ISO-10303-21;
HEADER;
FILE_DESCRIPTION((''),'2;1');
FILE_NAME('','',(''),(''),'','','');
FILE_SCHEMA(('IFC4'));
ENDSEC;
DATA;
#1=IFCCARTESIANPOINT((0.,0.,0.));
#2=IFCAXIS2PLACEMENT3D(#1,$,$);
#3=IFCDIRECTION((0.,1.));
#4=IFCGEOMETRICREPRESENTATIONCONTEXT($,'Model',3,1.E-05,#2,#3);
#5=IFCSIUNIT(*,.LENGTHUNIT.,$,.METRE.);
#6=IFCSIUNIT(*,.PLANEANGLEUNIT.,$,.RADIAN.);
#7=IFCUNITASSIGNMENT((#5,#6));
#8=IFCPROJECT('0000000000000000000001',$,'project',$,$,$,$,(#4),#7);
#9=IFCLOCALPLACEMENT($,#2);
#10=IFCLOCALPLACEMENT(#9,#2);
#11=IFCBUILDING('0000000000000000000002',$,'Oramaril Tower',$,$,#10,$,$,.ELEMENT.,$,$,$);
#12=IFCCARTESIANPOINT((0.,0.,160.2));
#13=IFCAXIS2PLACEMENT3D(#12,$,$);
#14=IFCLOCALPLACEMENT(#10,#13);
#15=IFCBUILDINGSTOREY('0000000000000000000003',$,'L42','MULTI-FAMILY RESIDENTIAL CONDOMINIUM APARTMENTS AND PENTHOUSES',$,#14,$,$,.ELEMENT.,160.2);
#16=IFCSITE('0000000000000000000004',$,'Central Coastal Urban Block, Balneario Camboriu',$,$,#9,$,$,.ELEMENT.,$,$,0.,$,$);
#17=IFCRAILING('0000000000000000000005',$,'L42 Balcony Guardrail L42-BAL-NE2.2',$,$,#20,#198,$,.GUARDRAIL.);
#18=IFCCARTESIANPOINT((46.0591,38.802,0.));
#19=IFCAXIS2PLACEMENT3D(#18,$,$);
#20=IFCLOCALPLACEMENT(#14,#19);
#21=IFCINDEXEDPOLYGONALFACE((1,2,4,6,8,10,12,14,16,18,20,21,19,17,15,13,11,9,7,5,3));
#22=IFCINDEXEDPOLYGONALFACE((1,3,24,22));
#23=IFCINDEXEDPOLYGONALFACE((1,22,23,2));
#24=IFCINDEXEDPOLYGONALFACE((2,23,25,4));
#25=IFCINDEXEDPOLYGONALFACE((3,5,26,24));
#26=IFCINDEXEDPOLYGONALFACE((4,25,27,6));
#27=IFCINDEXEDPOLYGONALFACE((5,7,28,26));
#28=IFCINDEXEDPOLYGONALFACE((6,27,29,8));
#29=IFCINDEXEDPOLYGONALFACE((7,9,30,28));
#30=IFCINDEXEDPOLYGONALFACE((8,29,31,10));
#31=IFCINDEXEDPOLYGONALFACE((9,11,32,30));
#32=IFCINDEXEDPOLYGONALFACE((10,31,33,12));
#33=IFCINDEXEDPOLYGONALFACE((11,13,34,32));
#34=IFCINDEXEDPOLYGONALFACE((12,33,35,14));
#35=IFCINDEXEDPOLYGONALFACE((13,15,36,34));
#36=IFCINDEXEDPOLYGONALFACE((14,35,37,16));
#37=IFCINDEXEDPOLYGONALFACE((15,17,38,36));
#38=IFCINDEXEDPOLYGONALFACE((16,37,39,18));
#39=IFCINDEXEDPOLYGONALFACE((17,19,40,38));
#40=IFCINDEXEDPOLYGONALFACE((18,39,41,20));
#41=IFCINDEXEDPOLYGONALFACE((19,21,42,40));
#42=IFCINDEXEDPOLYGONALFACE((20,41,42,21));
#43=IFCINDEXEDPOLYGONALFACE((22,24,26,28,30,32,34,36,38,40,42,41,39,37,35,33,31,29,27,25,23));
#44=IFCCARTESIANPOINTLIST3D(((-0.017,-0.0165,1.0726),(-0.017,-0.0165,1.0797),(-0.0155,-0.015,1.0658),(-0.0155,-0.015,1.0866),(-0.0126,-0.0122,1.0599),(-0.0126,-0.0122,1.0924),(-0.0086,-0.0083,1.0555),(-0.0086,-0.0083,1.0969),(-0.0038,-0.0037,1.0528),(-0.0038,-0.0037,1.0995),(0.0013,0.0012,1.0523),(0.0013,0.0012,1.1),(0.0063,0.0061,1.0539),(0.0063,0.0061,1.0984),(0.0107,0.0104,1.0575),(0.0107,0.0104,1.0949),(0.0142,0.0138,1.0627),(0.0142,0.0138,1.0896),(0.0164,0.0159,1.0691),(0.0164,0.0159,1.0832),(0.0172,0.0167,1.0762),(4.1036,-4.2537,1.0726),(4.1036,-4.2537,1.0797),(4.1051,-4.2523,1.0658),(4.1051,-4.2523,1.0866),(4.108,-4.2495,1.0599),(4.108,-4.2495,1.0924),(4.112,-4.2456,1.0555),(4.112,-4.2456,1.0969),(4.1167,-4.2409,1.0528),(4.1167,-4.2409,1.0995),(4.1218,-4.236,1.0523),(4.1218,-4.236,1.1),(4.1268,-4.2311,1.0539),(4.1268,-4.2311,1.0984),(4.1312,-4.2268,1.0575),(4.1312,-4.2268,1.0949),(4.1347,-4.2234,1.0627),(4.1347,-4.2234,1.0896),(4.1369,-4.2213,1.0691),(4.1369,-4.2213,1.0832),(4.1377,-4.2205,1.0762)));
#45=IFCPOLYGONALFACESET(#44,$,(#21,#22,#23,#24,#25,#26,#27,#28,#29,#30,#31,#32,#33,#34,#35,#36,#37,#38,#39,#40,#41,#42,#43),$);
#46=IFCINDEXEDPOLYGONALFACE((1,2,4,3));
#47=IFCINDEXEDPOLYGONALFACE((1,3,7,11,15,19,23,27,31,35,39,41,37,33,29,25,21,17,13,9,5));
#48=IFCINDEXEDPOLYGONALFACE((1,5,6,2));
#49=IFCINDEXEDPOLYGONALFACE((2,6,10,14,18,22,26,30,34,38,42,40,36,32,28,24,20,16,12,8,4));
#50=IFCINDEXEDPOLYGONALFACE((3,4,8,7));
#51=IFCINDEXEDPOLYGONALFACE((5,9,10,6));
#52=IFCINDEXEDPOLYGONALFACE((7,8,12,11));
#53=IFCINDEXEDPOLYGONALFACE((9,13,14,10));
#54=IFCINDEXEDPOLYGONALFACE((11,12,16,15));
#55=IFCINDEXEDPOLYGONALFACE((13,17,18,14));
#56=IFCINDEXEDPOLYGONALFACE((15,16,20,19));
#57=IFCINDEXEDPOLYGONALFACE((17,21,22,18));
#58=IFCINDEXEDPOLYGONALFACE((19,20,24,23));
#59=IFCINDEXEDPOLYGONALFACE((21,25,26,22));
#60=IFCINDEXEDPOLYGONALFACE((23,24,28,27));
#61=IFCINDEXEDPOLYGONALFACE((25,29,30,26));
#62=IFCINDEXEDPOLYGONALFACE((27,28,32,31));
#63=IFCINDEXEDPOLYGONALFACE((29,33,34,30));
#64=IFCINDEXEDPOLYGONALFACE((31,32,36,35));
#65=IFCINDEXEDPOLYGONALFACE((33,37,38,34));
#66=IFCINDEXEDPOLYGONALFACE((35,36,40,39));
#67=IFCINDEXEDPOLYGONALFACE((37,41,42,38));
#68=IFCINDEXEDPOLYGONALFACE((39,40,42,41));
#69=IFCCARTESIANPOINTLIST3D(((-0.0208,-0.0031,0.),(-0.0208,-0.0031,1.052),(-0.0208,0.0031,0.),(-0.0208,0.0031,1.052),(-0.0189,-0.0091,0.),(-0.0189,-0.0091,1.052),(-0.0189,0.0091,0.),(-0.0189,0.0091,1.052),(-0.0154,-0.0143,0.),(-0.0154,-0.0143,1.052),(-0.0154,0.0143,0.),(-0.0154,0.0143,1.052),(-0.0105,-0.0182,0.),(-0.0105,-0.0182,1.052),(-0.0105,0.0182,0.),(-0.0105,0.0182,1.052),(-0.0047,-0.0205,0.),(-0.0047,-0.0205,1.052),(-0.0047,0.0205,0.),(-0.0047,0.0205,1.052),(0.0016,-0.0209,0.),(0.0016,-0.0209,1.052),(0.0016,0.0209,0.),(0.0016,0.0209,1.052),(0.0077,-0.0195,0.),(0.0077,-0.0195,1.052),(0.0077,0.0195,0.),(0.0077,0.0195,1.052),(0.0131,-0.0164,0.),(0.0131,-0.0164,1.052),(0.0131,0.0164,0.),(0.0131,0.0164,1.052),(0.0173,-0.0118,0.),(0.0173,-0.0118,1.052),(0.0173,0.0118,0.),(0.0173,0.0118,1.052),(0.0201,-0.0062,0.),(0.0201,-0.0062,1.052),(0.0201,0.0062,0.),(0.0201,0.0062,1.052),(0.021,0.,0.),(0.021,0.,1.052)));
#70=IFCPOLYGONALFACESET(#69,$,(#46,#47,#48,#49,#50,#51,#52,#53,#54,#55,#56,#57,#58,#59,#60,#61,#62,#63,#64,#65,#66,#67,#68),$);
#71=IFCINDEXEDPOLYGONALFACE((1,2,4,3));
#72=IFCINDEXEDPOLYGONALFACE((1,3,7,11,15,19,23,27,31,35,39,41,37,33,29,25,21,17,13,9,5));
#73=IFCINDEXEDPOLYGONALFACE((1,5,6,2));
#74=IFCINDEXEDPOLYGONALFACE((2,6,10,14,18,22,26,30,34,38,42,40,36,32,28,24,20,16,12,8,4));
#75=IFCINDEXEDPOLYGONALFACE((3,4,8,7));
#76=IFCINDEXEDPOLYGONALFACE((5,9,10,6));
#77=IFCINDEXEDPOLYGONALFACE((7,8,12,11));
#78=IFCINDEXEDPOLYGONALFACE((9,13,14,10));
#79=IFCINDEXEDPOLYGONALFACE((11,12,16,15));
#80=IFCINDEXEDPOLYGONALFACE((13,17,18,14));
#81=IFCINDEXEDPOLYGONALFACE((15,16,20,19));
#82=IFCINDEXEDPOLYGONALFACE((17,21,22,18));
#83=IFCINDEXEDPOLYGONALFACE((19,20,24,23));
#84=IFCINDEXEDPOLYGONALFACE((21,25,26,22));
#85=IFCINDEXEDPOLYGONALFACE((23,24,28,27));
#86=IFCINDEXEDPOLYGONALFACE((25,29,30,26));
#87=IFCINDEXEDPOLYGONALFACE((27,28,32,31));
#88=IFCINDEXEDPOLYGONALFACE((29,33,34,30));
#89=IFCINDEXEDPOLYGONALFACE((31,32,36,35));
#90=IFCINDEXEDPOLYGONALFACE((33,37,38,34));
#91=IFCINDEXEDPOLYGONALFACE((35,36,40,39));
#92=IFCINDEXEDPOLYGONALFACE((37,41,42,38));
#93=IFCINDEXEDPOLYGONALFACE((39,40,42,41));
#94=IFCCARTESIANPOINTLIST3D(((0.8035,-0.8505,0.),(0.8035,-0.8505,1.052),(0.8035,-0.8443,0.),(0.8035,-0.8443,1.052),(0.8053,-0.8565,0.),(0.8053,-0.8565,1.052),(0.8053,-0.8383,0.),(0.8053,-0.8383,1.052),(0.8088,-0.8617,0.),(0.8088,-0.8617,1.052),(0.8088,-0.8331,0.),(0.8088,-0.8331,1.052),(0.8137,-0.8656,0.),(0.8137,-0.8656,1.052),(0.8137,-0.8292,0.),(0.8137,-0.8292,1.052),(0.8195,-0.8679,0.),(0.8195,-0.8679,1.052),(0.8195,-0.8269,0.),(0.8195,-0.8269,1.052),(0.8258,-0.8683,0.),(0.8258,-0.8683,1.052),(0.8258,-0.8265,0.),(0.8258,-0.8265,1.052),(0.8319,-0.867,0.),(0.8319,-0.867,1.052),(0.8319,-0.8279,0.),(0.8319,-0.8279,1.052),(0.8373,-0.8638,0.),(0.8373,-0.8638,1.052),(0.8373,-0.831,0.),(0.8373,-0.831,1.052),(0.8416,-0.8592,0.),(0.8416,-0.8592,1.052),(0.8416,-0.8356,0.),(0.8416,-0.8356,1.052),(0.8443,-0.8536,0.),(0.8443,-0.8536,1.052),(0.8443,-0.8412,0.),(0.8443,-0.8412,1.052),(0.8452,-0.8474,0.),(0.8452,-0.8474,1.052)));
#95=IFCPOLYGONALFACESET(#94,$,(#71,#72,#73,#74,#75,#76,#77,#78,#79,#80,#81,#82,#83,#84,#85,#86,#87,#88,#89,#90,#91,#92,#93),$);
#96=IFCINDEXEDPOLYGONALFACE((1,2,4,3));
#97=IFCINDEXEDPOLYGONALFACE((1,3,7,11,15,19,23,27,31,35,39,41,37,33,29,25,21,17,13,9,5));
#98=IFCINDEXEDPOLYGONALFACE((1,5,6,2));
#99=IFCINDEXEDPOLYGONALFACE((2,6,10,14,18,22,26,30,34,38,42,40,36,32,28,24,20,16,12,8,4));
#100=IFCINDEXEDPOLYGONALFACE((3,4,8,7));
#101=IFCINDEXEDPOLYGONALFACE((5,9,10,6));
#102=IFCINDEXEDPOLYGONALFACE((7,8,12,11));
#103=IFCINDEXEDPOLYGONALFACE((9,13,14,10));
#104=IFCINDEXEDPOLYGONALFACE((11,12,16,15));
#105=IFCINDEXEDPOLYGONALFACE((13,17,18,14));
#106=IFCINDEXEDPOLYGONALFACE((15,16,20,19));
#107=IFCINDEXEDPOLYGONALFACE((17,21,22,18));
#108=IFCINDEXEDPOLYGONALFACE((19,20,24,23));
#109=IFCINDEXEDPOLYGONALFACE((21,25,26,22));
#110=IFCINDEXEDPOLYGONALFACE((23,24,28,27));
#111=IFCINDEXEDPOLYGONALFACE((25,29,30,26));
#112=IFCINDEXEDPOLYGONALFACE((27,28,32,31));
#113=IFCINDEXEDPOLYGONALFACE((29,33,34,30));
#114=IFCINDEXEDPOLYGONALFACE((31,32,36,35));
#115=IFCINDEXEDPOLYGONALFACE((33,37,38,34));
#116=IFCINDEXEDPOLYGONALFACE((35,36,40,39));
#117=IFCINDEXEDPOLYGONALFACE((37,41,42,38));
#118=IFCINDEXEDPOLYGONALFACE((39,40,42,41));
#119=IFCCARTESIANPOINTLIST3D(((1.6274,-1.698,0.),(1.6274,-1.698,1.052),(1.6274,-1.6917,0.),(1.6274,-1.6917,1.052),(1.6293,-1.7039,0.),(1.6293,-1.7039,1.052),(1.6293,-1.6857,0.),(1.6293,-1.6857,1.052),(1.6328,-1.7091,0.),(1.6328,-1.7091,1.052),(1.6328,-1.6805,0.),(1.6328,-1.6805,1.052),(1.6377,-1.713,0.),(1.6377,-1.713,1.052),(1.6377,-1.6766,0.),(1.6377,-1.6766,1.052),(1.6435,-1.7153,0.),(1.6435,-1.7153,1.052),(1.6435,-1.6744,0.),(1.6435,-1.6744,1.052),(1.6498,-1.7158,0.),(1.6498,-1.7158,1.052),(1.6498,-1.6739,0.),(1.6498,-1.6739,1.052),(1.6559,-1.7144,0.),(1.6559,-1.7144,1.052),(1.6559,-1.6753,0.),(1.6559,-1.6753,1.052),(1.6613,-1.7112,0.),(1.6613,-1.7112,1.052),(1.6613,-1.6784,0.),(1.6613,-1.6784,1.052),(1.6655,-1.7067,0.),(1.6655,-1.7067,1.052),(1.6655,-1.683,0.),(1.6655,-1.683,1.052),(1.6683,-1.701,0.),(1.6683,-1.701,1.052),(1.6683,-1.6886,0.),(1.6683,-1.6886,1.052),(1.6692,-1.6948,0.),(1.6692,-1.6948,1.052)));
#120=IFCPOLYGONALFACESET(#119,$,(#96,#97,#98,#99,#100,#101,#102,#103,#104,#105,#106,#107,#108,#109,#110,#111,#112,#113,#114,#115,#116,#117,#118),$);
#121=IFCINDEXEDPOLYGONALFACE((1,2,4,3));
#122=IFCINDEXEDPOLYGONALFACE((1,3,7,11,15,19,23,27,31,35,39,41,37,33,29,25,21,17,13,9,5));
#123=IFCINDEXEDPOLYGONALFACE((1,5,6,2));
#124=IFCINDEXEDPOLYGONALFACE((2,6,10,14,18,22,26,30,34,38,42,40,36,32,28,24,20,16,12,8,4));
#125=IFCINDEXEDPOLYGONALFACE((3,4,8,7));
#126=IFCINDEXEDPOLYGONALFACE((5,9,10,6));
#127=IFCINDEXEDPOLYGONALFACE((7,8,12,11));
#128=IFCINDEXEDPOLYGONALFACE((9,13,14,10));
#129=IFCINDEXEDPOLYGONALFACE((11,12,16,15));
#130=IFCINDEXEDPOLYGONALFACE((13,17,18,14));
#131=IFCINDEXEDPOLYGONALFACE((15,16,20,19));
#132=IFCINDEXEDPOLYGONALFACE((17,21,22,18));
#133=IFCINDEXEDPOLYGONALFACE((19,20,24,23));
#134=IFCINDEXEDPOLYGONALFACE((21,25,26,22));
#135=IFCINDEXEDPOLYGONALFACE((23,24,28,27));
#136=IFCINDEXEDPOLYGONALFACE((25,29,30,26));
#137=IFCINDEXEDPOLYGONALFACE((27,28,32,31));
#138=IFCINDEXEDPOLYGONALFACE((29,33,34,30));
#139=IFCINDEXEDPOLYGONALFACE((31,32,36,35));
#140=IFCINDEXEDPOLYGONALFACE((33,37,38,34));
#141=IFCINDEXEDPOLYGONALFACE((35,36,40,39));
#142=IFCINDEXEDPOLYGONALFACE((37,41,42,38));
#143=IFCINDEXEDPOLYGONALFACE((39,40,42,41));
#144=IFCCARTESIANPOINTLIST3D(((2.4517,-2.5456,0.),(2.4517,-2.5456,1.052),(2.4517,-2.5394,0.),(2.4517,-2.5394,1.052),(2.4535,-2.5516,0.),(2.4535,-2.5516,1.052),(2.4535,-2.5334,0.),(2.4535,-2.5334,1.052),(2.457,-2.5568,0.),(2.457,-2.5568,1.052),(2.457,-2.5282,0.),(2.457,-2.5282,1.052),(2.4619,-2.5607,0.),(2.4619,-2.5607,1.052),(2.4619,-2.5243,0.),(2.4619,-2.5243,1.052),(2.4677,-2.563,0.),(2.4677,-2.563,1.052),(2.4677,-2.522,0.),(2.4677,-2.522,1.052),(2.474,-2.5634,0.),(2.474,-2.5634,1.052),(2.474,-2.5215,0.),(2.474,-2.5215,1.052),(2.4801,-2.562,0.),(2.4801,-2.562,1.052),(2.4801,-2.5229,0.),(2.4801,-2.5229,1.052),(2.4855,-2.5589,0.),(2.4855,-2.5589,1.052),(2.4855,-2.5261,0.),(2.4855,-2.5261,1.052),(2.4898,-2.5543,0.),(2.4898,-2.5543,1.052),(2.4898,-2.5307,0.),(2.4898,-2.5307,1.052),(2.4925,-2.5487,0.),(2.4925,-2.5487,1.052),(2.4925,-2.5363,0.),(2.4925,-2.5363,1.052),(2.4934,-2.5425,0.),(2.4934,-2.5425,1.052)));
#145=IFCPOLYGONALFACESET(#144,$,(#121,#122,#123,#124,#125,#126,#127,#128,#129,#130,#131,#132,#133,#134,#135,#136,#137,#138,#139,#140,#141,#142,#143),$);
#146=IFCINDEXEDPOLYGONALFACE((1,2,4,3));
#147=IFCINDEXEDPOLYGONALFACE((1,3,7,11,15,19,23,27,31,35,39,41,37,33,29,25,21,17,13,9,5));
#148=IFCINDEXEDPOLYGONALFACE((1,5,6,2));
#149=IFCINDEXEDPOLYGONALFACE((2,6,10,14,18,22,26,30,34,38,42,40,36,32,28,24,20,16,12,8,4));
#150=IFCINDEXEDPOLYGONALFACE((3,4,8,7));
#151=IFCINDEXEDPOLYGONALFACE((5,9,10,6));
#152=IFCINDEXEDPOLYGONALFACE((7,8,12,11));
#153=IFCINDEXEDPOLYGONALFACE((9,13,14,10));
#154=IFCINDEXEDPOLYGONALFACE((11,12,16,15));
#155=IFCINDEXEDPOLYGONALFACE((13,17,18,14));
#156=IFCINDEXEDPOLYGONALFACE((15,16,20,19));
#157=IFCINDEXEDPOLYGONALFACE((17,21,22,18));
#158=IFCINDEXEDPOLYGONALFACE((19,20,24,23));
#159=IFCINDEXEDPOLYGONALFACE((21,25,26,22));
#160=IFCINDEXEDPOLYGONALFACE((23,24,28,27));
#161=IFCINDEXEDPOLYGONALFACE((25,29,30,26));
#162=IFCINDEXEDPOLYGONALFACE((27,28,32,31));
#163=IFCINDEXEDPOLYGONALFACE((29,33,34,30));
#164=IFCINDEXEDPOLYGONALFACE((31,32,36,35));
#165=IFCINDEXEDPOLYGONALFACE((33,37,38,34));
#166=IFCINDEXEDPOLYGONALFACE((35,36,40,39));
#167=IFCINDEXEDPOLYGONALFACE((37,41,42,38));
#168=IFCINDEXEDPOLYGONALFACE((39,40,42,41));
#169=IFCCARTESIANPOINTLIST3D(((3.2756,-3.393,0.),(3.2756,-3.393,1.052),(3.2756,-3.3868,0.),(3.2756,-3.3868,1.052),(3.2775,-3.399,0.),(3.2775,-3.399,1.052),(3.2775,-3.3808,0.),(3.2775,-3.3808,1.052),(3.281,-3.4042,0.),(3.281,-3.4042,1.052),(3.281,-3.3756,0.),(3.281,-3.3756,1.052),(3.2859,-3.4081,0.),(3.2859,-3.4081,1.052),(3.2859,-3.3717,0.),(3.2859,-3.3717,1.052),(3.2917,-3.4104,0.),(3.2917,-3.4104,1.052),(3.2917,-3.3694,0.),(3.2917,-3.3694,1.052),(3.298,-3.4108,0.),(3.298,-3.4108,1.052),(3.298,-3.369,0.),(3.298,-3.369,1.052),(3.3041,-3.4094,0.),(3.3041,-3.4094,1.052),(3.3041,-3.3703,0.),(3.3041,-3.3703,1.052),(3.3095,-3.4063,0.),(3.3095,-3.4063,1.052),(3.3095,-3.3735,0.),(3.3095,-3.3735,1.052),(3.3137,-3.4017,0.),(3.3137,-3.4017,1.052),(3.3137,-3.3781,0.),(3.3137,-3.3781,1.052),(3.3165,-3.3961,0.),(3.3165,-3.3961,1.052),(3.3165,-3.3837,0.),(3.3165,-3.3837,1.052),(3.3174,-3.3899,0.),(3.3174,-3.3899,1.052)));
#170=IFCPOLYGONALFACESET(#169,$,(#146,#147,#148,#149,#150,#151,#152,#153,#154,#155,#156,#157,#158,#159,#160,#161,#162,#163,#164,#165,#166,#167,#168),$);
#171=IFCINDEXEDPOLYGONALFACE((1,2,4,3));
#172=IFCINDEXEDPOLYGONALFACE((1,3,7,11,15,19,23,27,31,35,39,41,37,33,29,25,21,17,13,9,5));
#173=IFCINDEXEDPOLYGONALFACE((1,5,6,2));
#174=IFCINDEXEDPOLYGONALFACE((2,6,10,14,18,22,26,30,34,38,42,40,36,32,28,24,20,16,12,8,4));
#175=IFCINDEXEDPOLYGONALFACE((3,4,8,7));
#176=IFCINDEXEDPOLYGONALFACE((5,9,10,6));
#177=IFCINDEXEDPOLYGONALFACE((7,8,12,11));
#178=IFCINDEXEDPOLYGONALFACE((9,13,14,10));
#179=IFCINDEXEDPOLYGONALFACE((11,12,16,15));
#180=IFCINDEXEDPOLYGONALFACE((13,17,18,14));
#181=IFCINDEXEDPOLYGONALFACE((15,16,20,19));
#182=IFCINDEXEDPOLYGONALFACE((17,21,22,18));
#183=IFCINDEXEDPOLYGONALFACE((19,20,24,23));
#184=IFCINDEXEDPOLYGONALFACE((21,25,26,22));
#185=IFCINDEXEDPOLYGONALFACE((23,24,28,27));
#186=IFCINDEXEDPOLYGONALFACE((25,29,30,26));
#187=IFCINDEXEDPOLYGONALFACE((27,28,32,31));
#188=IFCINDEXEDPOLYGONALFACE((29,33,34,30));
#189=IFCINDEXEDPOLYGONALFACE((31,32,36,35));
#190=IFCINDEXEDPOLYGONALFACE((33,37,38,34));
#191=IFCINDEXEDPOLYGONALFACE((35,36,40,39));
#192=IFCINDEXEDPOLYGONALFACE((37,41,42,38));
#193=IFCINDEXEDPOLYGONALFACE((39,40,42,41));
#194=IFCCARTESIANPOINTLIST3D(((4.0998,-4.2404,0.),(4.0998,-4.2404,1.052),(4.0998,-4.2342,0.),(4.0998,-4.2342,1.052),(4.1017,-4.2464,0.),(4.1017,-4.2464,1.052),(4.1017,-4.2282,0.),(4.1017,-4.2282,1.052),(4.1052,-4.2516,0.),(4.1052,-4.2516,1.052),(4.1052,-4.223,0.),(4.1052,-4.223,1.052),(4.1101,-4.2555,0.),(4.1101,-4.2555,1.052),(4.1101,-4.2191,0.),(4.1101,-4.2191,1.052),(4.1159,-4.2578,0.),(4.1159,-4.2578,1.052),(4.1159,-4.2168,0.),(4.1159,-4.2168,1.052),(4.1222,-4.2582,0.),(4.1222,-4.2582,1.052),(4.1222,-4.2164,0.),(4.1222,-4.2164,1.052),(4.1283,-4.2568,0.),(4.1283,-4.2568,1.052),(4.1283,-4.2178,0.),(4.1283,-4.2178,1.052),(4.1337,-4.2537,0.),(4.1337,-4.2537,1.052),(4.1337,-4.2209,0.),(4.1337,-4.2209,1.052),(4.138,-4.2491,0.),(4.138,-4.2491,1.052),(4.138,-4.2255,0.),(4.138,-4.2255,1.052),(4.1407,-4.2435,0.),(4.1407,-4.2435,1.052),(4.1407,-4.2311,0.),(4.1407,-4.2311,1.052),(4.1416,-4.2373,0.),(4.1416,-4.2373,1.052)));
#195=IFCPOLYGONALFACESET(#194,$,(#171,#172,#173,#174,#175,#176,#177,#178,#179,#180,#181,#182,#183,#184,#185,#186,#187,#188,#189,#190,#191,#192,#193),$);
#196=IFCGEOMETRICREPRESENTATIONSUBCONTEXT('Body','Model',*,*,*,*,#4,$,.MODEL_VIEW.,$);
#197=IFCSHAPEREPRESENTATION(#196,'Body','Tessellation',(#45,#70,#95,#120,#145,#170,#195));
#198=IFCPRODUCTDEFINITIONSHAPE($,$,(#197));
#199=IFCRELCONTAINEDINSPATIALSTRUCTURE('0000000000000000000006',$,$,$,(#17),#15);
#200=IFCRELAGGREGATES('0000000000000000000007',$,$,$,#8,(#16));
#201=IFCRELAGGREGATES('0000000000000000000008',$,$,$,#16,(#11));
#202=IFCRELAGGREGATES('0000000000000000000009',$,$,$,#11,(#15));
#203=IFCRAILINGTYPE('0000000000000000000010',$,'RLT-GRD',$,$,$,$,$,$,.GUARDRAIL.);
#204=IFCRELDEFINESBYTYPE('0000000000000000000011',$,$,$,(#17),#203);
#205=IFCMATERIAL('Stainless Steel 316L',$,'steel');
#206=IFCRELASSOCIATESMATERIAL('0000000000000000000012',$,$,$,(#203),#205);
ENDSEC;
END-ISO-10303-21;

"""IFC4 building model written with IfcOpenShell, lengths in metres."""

from ifc_helpers import new_model, si_unit, direction, frame, origin, origin_2d, place, context, subcontext, project, spatial, circle, extrude, material, type_object, element, save


model = new_model("IFC4")

# Units and contexts
model_context = context("Model", 3, precision=1e-05, world=origin(), true_north=direction((0.0, 1.0)))
body_context = subcontext(model_context, "Body", "Model", "MODEL_VIEW")
ifc_project = project(units=[si_unit("LENGTHUNIT", "METRE"), si_unit("PLANEANGLEUNIT", "RADIAN")], contexts=[model_context])

# Site, building, storey
site_placement = place(None, origin())
site = spatial("IfcSite", under=ifc_project, at=site_placement, Name="Central Coastal Urban Block, Balneario Camboriu", CompositionType="ELEMENT", RefElevation=0.0)
building_placement = place(site_placement, origin())
building = spatial("IfcBuilding", under=site, at=building_placement, Name="Oramaril Tower", CompositionType="ELEMENT")
storey_placement = place(building_placement, frame((0.0, 0.0, 160.2)))
storey = spatial("IfcBuildingStorey", under=building, at=storey_placement, Name="L42", Description="MULTI-FAMILY RESIDENTIAL CONDOMINIUM APARTMENTS AND PENTHOUSES", CompositionType="ELEMENT", Elevation=160.2)

# Railing
ifc_material_1 = material(Name="Stainless Steel 316L", Category="steel")
railing_type = type_object("IfcRailingType", Name="RLT-GRD", PredefinedType="GUARDRAIL", material=ifc_material_1)
railing_1_placement = place(storey_placement, frame((46.0591, 38.802, 0.0)))
element("IfcRailing", 1, at=railing_1_placement, inside=storey, type_object=railing_type, Name="L42 Balcony Guardrail L42-BAL-NE2.2", PredefinedType="GUARDRAIL", context=body_context, shape_type="SweptSolid", body=[
    extrude(circle(Radius=0.0239, at=origin_2d()), frame((0.0, 0.0, 1.0762), z_axis=(0.697166, -0.71691, 0.0), x_axis=(0.71691, 0.697166, 0.0)), (0.0, 0.0, 1.0), 5.9104),
    extrude(circle(Radius=0.021, at=origin_2d()), origin(), (0.0, 0.0, 1.0), 1.052),
    extrude(circle(Radius=0.021, at=origin_2d()), frame((0.8242, -0.8474, 0.0)), (0.0, 0.0, 1.0), 1.052),
    extrude(circle(Radius=0.021, at=origin_2d()), frame((1.6482, -1.6948, 0.0)), (0.0, 0.0, 1.0), 1.052),
    extrude(circle(Radius=0.021, at=origin_2d()), frame((2.4724, -2.5425, 0.0)), (0.0, 0.0, 1.0), 1.052),
    extrude(circle(Radius=0.021, at=origin_2d()), frame((3.2964, -3.3899, 0.0)), (0.0, 0.0, 1.0), 1.052),
    extrude(circle(Radius=0.021, at=origin_2d()), frame((4.1206, -4.2373, 0.0)), (0.0, 0.0, 1.0), 1.052),
])

save(model, "model.ifc")
